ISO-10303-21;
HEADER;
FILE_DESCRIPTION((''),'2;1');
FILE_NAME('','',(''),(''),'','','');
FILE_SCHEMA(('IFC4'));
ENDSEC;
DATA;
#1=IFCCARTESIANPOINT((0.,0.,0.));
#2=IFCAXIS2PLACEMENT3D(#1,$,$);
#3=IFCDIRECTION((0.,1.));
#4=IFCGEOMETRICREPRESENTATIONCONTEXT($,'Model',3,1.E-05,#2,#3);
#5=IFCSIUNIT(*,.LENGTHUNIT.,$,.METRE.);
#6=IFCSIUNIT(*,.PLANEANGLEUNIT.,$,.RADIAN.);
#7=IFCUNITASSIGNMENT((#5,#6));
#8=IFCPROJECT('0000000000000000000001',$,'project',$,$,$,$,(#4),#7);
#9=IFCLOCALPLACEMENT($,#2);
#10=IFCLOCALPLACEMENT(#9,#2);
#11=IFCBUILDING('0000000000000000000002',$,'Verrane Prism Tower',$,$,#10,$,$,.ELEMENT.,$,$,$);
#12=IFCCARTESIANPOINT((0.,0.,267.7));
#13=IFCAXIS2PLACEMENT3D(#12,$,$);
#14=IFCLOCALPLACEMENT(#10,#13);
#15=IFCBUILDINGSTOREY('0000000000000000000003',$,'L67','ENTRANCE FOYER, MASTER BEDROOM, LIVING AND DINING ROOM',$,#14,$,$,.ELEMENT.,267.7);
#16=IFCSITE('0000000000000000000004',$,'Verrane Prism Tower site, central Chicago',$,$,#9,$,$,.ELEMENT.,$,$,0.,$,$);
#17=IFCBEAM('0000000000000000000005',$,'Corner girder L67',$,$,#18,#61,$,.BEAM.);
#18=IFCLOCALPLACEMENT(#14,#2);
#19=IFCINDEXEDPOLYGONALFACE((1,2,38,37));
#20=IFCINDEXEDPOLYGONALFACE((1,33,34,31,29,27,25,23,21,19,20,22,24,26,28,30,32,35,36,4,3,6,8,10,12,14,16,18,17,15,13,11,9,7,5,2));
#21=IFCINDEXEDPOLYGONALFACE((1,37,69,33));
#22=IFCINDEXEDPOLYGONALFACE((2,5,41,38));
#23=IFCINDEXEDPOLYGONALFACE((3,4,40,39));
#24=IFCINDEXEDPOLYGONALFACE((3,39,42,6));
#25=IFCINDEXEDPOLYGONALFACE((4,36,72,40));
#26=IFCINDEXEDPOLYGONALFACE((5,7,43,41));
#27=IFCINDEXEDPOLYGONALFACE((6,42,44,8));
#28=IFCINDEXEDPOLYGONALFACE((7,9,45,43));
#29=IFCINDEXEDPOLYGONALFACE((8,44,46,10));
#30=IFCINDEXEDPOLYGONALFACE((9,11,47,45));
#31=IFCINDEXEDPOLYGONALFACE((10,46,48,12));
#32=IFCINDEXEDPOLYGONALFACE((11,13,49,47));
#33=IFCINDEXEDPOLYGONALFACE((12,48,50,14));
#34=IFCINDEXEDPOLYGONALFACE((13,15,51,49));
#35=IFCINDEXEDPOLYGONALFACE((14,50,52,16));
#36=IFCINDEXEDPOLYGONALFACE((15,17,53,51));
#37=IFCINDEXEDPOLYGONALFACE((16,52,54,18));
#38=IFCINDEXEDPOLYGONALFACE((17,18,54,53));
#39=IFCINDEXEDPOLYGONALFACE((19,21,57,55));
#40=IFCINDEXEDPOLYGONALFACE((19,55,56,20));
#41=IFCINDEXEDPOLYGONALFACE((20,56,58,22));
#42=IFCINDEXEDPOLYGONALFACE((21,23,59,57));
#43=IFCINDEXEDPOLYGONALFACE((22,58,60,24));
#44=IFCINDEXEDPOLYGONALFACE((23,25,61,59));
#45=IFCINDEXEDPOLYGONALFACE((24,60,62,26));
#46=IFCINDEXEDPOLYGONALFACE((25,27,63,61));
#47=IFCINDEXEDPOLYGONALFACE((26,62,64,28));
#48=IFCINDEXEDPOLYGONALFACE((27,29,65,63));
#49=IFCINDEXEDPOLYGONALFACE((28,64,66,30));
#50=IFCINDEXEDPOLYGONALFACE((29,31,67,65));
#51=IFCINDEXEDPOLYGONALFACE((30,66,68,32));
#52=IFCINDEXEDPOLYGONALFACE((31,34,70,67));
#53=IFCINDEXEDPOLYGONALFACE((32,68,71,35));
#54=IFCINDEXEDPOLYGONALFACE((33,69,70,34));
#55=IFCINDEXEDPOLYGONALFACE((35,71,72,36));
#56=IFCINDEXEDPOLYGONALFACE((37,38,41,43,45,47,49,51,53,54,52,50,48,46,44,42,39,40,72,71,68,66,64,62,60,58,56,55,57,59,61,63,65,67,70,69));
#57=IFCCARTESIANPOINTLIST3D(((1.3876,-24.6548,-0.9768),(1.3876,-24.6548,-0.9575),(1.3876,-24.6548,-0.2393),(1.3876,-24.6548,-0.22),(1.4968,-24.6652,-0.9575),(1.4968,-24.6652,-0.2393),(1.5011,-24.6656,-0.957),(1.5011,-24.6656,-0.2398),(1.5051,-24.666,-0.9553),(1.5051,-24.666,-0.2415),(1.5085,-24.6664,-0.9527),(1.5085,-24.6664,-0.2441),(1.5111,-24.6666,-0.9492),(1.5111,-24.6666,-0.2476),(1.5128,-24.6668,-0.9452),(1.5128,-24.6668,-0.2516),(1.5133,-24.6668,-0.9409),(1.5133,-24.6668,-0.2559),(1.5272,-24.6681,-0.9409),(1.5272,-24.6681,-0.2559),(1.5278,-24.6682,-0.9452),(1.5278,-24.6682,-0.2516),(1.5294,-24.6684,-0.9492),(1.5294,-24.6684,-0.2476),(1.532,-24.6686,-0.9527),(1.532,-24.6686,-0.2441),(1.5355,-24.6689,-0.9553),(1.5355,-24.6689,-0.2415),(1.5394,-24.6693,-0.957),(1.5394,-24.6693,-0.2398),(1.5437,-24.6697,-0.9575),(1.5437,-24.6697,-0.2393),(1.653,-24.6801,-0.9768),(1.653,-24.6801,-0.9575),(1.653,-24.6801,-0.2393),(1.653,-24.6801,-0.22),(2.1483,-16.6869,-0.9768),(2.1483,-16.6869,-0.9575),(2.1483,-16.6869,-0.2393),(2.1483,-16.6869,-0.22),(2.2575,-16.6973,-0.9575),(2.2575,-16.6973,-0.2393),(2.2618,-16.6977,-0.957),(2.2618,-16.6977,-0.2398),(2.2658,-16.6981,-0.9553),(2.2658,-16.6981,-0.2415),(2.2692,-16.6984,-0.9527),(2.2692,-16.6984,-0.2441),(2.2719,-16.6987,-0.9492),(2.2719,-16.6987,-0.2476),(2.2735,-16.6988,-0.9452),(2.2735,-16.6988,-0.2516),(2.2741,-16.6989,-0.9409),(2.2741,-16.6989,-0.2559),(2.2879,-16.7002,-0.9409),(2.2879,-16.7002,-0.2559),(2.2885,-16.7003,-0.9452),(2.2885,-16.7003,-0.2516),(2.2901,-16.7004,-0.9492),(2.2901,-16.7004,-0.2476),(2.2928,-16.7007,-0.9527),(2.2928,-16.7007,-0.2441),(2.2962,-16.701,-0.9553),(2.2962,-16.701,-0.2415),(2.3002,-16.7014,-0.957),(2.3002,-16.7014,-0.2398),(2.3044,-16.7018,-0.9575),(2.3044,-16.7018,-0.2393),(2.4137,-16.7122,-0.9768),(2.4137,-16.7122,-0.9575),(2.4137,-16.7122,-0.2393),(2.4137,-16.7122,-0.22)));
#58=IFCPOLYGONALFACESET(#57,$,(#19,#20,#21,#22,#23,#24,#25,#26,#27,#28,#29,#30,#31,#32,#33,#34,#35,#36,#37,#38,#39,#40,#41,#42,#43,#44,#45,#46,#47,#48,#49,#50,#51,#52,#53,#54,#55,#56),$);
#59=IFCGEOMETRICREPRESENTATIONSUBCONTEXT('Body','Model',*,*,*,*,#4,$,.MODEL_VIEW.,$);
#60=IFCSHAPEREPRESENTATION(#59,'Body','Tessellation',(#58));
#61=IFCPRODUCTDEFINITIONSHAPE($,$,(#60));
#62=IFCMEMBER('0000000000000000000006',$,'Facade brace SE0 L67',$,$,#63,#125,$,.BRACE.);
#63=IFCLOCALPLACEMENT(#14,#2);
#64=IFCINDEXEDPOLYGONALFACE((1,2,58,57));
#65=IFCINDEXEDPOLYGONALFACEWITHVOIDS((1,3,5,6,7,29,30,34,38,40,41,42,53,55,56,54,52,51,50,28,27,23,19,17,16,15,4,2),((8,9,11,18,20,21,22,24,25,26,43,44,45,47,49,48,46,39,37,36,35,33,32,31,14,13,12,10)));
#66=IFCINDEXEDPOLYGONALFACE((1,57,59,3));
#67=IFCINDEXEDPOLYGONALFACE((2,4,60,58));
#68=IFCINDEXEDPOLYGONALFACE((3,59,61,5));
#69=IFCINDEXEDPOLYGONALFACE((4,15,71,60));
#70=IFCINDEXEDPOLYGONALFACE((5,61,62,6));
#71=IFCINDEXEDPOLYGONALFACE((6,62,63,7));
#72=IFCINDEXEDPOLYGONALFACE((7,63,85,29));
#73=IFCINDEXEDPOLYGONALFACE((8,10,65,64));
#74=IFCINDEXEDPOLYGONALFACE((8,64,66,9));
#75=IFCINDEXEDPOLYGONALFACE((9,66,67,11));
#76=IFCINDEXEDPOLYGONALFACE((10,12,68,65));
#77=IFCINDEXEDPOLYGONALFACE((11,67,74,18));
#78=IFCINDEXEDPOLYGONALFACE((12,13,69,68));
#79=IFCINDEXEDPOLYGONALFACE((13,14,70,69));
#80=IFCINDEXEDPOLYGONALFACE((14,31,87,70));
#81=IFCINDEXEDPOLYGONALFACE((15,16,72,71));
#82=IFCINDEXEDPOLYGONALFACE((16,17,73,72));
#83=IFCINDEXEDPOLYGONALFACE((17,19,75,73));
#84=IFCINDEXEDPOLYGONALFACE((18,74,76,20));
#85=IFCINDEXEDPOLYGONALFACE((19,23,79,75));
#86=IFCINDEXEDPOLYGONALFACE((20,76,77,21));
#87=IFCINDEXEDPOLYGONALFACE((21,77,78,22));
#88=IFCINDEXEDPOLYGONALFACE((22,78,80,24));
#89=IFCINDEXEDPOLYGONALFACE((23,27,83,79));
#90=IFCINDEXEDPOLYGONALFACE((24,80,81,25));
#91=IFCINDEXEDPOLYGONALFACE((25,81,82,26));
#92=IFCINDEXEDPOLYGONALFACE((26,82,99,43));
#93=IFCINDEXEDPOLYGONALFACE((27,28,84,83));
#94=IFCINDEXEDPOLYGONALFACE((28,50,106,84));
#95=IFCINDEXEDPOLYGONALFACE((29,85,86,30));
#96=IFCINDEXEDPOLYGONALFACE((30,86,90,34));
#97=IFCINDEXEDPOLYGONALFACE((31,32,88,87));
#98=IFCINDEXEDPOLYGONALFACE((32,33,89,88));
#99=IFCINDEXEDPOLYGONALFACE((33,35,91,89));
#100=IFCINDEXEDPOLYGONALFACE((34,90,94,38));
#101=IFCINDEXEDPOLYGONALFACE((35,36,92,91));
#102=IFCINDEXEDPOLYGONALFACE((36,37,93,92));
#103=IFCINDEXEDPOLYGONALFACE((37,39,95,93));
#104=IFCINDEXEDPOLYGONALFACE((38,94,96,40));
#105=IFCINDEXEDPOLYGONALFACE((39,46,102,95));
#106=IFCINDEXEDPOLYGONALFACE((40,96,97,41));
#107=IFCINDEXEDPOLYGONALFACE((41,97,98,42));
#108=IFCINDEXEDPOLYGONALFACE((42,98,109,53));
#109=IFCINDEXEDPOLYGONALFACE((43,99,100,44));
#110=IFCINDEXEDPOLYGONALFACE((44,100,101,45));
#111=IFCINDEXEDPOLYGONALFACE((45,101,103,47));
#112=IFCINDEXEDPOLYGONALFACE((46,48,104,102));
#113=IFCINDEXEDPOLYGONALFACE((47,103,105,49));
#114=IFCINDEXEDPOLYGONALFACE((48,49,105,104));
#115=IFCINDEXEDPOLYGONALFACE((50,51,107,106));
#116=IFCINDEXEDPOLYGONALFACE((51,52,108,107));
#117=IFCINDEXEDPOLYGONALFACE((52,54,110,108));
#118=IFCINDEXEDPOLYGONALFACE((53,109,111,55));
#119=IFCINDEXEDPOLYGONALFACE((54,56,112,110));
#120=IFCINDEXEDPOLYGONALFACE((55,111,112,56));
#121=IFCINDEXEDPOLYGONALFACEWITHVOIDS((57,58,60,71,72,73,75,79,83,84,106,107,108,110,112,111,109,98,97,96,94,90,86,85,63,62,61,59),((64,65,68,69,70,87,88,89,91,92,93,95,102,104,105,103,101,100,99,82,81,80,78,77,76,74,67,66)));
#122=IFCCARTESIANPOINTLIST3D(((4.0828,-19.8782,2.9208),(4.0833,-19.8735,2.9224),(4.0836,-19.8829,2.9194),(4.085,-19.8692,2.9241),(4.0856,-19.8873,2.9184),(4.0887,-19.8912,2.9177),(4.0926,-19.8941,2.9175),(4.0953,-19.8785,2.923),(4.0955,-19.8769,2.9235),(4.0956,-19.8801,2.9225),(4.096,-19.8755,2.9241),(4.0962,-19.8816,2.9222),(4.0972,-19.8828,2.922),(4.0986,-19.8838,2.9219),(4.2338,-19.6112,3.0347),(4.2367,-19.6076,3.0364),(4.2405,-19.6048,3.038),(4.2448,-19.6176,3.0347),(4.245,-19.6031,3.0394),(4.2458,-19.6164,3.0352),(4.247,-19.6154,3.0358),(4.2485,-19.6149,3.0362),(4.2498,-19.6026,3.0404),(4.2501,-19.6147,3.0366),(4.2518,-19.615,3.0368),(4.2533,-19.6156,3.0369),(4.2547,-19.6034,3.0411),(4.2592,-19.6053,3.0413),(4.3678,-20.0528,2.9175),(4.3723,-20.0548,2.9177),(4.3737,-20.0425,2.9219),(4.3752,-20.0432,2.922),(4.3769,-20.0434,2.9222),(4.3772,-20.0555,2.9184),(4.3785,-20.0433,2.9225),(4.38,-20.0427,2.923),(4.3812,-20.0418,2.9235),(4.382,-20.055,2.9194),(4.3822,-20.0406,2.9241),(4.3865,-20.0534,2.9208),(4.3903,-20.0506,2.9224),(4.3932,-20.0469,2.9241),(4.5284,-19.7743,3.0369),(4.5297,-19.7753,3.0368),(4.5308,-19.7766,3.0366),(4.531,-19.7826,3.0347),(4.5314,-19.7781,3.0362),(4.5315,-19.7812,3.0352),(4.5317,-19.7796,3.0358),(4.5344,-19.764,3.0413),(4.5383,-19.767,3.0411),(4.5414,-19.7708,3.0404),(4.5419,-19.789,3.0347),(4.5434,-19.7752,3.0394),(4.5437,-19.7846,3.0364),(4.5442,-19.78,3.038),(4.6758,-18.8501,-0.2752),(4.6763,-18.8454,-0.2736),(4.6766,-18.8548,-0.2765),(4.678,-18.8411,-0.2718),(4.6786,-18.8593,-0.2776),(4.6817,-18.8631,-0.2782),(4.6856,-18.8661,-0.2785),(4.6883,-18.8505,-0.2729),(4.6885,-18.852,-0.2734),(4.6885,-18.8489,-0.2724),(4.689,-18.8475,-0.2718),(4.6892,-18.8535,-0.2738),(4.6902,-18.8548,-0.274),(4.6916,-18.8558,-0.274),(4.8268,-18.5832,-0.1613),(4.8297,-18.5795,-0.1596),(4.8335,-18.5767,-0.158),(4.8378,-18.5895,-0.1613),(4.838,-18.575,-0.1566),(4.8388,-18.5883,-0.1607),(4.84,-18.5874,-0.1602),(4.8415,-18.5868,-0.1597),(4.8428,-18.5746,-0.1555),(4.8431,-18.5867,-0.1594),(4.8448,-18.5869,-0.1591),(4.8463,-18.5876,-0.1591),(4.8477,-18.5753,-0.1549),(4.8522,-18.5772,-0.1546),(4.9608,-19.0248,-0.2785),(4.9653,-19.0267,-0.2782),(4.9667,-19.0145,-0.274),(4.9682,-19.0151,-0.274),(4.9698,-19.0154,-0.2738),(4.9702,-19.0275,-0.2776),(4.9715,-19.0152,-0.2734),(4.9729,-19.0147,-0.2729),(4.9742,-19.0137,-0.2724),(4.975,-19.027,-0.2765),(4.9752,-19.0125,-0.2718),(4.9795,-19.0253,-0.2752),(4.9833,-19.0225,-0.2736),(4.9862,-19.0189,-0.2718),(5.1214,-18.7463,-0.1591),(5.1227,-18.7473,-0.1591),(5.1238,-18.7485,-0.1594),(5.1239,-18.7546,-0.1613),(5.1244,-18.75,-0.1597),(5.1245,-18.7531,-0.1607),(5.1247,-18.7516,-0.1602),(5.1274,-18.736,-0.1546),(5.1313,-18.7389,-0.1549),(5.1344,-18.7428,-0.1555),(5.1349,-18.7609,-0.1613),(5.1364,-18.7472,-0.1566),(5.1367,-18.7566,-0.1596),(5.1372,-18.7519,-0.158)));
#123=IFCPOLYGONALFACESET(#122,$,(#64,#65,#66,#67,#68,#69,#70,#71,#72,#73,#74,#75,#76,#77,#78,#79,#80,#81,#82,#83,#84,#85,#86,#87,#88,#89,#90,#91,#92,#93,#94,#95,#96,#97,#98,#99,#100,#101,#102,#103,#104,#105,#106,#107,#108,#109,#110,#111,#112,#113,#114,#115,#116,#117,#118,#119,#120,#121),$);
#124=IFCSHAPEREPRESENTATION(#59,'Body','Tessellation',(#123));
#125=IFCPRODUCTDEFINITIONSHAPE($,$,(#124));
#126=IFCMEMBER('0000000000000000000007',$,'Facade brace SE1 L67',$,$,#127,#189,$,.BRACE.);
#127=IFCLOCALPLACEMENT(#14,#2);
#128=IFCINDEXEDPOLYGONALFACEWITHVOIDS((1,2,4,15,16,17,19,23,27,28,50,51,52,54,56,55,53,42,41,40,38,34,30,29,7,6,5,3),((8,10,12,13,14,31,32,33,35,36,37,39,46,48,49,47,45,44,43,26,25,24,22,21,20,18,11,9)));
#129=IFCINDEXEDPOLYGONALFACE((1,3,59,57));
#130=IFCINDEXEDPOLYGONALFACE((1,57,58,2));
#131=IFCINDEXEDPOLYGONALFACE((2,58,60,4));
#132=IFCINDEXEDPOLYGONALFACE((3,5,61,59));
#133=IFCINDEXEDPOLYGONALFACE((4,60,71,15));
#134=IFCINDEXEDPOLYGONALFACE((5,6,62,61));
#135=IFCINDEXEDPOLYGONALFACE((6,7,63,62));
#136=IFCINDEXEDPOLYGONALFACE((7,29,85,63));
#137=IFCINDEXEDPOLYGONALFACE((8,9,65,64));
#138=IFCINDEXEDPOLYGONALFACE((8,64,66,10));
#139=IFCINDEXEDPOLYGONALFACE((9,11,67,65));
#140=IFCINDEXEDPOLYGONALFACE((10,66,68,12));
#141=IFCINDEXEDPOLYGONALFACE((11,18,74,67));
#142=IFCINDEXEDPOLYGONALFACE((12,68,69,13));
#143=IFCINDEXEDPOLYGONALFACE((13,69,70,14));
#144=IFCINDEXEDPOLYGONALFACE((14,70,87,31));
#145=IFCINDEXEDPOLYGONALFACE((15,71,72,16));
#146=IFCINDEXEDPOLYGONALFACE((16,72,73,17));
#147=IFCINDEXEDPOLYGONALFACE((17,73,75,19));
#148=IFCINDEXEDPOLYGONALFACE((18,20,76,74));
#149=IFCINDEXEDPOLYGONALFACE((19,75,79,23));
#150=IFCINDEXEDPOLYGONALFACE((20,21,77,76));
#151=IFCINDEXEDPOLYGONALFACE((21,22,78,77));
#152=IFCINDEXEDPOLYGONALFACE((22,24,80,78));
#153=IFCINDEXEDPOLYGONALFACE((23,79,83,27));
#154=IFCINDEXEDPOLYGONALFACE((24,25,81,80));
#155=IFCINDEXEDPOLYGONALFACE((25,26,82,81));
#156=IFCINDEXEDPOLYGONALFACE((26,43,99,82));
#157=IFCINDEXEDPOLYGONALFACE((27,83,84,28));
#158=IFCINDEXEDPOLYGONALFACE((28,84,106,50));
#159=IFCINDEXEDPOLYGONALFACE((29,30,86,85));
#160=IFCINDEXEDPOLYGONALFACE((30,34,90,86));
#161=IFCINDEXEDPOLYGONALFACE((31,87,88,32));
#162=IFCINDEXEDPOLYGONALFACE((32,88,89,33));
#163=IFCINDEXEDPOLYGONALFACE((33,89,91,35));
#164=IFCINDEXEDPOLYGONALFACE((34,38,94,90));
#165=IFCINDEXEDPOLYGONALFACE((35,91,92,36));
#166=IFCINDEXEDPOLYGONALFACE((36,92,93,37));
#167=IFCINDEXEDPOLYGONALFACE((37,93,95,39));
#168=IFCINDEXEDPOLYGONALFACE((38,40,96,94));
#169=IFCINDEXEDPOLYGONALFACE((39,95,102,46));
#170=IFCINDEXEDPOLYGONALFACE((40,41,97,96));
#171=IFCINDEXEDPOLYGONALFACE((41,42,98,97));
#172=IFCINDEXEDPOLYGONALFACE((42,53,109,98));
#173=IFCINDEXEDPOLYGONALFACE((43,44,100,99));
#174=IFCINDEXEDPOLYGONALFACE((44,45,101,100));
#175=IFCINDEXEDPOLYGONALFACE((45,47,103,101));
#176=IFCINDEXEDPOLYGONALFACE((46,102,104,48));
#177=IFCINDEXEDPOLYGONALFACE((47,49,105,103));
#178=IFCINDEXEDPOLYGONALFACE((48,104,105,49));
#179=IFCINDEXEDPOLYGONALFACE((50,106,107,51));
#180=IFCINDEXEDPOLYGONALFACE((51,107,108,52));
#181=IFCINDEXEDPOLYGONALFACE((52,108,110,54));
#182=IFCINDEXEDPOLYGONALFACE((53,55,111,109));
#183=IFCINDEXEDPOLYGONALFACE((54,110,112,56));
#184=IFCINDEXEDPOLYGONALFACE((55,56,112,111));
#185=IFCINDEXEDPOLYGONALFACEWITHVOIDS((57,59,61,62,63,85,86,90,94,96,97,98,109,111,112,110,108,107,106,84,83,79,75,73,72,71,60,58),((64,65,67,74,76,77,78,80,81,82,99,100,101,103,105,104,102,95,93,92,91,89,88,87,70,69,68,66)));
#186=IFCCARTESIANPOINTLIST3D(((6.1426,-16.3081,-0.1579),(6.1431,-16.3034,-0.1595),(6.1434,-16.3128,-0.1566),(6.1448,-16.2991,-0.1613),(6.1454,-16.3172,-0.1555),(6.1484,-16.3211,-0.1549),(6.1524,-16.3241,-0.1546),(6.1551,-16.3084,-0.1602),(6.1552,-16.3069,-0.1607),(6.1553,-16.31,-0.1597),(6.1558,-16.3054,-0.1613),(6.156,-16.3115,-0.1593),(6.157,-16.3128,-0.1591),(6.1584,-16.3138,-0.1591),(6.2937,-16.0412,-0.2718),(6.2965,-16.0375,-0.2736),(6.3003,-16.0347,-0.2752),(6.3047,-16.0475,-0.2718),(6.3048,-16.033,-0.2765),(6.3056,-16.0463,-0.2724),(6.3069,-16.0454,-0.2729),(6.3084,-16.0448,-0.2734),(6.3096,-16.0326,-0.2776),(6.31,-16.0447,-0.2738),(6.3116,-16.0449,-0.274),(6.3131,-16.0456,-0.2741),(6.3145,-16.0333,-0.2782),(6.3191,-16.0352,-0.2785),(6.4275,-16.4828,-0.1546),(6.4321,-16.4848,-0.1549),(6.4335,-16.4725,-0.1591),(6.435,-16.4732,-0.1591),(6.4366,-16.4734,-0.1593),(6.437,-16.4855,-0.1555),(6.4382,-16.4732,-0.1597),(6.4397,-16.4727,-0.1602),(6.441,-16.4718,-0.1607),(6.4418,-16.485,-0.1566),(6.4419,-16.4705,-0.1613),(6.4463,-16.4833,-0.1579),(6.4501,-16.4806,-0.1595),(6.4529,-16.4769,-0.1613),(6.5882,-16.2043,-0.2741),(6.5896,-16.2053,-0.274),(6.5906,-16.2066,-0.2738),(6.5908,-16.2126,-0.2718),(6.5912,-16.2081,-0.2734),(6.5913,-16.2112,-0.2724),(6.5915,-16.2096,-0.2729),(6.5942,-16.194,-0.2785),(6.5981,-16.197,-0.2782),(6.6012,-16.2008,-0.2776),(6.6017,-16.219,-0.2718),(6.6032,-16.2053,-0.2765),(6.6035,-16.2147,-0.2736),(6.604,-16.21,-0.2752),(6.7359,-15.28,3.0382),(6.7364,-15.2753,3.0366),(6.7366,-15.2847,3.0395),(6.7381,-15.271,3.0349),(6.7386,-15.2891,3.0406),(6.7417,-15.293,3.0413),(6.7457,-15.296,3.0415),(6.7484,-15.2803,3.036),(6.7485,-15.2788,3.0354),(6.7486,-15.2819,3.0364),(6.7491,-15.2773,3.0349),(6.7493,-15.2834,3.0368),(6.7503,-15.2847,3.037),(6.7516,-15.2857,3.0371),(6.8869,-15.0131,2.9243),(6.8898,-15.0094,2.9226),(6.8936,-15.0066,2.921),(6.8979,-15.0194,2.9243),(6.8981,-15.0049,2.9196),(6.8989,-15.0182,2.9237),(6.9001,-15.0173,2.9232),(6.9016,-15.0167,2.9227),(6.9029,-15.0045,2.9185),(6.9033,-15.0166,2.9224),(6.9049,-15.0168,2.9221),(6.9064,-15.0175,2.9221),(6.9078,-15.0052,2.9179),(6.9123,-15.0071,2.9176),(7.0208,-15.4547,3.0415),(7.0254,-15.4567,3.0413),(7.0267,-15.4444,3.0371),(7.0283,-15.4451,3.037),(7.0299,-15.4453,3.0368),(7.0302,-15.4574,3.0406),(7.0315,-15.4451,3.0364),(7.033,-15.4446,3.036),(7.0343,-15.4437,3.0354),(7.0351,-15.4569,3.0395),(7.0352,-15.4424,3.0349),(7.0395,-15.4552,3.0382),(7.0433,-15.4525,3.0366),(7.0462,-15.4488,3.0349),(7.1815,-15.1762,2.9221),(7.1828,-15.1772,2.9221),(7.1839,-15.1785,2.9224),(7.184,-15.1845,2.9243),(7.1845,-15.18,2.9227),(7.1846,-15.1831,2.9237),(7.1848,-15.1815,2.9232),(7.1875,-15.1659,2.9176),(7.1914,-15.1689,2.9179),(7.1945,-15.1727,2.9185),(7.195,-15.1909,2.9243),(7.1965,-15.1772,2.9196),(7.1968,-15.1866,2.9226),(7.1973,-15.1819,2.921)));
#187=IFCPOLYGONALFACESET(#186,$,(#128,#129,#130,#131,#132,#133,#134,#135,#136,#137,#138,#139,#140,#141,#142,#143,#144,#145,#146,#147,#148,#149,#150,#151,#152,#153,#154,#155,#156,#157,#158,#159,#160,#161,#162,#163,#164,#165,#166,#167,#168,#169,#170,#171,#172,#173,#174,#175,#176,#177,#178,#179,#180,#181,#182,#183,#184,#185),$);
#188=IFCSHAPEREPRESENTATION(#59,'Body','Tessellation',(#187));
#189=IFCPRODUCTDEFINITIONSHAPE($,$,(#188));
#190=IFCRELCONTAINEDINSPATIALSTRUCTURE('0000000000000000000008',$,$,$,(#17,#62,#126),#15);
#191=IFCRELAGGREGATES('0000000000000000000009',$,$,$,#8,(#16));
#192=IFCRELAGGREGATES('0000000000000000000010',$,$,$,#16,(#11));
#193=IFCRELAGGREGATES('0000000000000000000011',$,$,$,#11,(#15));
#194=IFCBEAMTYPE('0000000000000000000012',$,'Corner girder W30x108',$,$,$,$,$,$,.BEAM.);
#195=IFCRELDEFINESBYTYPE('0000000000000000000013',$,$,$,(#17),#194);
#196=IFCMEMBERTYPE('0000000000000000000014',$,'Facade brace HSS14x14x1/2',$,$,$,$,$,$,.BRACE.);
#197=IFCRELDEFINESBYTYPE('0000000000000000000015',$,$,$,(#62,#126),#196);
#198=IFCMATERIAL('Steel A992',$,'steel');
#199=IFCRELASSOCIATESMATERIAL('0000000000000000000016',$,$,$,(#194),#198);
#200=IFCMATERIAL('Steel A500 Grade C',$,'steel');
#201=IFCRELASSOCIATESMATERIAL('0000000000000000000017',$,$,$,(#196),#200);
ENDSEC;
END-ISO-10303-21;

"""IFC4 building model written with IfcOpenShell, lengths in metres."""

from ifc_helpers import new_model, si_unit, direction, frame, origin, origin_2d, place, context, subcontext, project, spatial, hollow_rectangle, i_section, extrude, material, material_profile, profile_set, type_object, element, save


model = new_model("IFC4")

# Units and contexts
model_context = context("Model", 3, precision=1e-05, world=origin(), true_north=direction((0.0, 1.0)))
body_context = subcontext(model_context, "Body", "Model", "MODEL_VIEW")
ifc_project = project(units=[si_unit("LENGTHUNIT", "METRE"), si_unit("PLANEANGLEUNIT", "RADIAN")], contexts=[model_context])

# Site, building, storey
site_placement = place(None, origin())
site = spatial("IfcSite", under=ifc_project, at=site_placement, Name="Verrane Prism Tower site, central Chicago", CompositionType="ELEMENT", RefElevation=0.0)
building_placement = place(site_placement, origin())
building = spatial("IfcBuilding", under=site, at=building_placement, Name="Verrane Prism Tower", CompositionType="ELEMENT")
storey_placement = place(building_placement, frame((0.0, 0.0, 267.7)))
storey = spatial("IfcBuildingStorey", under=building, at=storey_placement, Name="L67", Description="ENTRANCE FOYER, MASTER BEDROOM, LIVING AND DINING ROOM", CompositionType="ELEMENT", Elevation=267.7)

# Beam
ifc_material_1 = material(Name="Steel A992", Category="steel")
ifc_material_profile_1 = material_profile(ifc_material_1, i_section(OverallWidth=0.2666, OverallDepth=0.7568, WebThickness=0.0139, FlangeThickness=0.0193, FilletRadius=0.0166, at=origin_2d()), Name="W30x108")
ifc_profile_set_1 = profile_set([ifc_material_profile_1], Name="Steel A992")
beam_type_1 = type_object("IfcBeamType", Name="Corner girder W30x108", PredefinedType="BEAM", material=ifc_profile_set_1)
beam_1_placement = place(storey_placement, frame((1.5203, -24.6675, -0.5984), z_axis=(0.095042, 0.995473, 0.0), x_axis=(-0.995473, 0.095042, 0.0)))
element("IfcBeam", 1, at=beam_1_placement, inside=storey, type_object=beam_type_1, Name="Corner girder L67", PredefinedType="BEAM", context=body_context, shape_type="SweptSolid", body=[
    extrude(i_section(OverallWidth=0.2666, OverallDepth=0.7568, WebThickness=0.0139, FlangeThickness=0.0193, FilletRadius=0.0166, at=origin_2d()), origin(), (0.0, 0.0, 1.0), 8.0042),
])

# Members
ifc_material_2 = material(Name="Steel A500 Grade C", Category="steel")
ifc_material_profile_2 = material_profile(ifc_material_2, hollow_rectangle(XDim=0.3557, YDim=0.3557, WallThickness=0.0127, InnerFilletRadius=0.0063, OuterFilletRadius=0.019, at=origin_2d()), Name="HSS14x14x1/2")
ifc_profile_set_2 = profile_set([ifc_material_profile_2], Name="Steel A500 Grade C")
member_type_1 = type_object("IfcMemberType", Name="Facade brace HSS14x14x1/2", PredefinedType="BRACE", material=ifc_profile_set_2)
member_1_placement = place(storey_placement, frame((4.9065, -18.801, -0.2166), z_axis=(-0.173941, -0.301551, 0.93745), x_axis=(0.866223, -0.499657, 0.0)))
element("IfcMember", 2, at=member_1_placement, inside=storey, type_object=member_type_1, Name="Facade brace SE0 L67", PredefinedType="BRACE", context=body_context, shape_type="SweptSolid", body=[
    extrude(hollow_rectangle(XDim=0.3557, YDim=0.3557, WallThickness=0.0127, InnerFilletRadius=0.0063, OuterFilletRadius=0.019, at=origin_2d()), origin(), (0.0, 0.0, 1.0), 3.4092),
])
member_2_placement = place(storey_placement, frame((6.3733, -16.259, -0.2166), z_axis=(0.174011, 0.301547, 0.937438), x_axis=(-0.866134, 0.499811, 0.0)))
element("IfcMember", 3, at=member_2_placement, inside=storey, type_object=member_type_1, Name="Facade brace SE1 L67", PredefinedType="BRACE", context=body_context, shape_type="SweptSolid", body=[
    extrude(hollow_rectangle(XDim=0.3557, YDim=0.3557, WallThickness=0.0127, InnerFilletRadius=0.0063, OuterFilletRadius=0.019, at=origin_2d()), origin(), (0.0, 0.0, 1.0), 3.4094),
])

save(model, "model.ifc")
